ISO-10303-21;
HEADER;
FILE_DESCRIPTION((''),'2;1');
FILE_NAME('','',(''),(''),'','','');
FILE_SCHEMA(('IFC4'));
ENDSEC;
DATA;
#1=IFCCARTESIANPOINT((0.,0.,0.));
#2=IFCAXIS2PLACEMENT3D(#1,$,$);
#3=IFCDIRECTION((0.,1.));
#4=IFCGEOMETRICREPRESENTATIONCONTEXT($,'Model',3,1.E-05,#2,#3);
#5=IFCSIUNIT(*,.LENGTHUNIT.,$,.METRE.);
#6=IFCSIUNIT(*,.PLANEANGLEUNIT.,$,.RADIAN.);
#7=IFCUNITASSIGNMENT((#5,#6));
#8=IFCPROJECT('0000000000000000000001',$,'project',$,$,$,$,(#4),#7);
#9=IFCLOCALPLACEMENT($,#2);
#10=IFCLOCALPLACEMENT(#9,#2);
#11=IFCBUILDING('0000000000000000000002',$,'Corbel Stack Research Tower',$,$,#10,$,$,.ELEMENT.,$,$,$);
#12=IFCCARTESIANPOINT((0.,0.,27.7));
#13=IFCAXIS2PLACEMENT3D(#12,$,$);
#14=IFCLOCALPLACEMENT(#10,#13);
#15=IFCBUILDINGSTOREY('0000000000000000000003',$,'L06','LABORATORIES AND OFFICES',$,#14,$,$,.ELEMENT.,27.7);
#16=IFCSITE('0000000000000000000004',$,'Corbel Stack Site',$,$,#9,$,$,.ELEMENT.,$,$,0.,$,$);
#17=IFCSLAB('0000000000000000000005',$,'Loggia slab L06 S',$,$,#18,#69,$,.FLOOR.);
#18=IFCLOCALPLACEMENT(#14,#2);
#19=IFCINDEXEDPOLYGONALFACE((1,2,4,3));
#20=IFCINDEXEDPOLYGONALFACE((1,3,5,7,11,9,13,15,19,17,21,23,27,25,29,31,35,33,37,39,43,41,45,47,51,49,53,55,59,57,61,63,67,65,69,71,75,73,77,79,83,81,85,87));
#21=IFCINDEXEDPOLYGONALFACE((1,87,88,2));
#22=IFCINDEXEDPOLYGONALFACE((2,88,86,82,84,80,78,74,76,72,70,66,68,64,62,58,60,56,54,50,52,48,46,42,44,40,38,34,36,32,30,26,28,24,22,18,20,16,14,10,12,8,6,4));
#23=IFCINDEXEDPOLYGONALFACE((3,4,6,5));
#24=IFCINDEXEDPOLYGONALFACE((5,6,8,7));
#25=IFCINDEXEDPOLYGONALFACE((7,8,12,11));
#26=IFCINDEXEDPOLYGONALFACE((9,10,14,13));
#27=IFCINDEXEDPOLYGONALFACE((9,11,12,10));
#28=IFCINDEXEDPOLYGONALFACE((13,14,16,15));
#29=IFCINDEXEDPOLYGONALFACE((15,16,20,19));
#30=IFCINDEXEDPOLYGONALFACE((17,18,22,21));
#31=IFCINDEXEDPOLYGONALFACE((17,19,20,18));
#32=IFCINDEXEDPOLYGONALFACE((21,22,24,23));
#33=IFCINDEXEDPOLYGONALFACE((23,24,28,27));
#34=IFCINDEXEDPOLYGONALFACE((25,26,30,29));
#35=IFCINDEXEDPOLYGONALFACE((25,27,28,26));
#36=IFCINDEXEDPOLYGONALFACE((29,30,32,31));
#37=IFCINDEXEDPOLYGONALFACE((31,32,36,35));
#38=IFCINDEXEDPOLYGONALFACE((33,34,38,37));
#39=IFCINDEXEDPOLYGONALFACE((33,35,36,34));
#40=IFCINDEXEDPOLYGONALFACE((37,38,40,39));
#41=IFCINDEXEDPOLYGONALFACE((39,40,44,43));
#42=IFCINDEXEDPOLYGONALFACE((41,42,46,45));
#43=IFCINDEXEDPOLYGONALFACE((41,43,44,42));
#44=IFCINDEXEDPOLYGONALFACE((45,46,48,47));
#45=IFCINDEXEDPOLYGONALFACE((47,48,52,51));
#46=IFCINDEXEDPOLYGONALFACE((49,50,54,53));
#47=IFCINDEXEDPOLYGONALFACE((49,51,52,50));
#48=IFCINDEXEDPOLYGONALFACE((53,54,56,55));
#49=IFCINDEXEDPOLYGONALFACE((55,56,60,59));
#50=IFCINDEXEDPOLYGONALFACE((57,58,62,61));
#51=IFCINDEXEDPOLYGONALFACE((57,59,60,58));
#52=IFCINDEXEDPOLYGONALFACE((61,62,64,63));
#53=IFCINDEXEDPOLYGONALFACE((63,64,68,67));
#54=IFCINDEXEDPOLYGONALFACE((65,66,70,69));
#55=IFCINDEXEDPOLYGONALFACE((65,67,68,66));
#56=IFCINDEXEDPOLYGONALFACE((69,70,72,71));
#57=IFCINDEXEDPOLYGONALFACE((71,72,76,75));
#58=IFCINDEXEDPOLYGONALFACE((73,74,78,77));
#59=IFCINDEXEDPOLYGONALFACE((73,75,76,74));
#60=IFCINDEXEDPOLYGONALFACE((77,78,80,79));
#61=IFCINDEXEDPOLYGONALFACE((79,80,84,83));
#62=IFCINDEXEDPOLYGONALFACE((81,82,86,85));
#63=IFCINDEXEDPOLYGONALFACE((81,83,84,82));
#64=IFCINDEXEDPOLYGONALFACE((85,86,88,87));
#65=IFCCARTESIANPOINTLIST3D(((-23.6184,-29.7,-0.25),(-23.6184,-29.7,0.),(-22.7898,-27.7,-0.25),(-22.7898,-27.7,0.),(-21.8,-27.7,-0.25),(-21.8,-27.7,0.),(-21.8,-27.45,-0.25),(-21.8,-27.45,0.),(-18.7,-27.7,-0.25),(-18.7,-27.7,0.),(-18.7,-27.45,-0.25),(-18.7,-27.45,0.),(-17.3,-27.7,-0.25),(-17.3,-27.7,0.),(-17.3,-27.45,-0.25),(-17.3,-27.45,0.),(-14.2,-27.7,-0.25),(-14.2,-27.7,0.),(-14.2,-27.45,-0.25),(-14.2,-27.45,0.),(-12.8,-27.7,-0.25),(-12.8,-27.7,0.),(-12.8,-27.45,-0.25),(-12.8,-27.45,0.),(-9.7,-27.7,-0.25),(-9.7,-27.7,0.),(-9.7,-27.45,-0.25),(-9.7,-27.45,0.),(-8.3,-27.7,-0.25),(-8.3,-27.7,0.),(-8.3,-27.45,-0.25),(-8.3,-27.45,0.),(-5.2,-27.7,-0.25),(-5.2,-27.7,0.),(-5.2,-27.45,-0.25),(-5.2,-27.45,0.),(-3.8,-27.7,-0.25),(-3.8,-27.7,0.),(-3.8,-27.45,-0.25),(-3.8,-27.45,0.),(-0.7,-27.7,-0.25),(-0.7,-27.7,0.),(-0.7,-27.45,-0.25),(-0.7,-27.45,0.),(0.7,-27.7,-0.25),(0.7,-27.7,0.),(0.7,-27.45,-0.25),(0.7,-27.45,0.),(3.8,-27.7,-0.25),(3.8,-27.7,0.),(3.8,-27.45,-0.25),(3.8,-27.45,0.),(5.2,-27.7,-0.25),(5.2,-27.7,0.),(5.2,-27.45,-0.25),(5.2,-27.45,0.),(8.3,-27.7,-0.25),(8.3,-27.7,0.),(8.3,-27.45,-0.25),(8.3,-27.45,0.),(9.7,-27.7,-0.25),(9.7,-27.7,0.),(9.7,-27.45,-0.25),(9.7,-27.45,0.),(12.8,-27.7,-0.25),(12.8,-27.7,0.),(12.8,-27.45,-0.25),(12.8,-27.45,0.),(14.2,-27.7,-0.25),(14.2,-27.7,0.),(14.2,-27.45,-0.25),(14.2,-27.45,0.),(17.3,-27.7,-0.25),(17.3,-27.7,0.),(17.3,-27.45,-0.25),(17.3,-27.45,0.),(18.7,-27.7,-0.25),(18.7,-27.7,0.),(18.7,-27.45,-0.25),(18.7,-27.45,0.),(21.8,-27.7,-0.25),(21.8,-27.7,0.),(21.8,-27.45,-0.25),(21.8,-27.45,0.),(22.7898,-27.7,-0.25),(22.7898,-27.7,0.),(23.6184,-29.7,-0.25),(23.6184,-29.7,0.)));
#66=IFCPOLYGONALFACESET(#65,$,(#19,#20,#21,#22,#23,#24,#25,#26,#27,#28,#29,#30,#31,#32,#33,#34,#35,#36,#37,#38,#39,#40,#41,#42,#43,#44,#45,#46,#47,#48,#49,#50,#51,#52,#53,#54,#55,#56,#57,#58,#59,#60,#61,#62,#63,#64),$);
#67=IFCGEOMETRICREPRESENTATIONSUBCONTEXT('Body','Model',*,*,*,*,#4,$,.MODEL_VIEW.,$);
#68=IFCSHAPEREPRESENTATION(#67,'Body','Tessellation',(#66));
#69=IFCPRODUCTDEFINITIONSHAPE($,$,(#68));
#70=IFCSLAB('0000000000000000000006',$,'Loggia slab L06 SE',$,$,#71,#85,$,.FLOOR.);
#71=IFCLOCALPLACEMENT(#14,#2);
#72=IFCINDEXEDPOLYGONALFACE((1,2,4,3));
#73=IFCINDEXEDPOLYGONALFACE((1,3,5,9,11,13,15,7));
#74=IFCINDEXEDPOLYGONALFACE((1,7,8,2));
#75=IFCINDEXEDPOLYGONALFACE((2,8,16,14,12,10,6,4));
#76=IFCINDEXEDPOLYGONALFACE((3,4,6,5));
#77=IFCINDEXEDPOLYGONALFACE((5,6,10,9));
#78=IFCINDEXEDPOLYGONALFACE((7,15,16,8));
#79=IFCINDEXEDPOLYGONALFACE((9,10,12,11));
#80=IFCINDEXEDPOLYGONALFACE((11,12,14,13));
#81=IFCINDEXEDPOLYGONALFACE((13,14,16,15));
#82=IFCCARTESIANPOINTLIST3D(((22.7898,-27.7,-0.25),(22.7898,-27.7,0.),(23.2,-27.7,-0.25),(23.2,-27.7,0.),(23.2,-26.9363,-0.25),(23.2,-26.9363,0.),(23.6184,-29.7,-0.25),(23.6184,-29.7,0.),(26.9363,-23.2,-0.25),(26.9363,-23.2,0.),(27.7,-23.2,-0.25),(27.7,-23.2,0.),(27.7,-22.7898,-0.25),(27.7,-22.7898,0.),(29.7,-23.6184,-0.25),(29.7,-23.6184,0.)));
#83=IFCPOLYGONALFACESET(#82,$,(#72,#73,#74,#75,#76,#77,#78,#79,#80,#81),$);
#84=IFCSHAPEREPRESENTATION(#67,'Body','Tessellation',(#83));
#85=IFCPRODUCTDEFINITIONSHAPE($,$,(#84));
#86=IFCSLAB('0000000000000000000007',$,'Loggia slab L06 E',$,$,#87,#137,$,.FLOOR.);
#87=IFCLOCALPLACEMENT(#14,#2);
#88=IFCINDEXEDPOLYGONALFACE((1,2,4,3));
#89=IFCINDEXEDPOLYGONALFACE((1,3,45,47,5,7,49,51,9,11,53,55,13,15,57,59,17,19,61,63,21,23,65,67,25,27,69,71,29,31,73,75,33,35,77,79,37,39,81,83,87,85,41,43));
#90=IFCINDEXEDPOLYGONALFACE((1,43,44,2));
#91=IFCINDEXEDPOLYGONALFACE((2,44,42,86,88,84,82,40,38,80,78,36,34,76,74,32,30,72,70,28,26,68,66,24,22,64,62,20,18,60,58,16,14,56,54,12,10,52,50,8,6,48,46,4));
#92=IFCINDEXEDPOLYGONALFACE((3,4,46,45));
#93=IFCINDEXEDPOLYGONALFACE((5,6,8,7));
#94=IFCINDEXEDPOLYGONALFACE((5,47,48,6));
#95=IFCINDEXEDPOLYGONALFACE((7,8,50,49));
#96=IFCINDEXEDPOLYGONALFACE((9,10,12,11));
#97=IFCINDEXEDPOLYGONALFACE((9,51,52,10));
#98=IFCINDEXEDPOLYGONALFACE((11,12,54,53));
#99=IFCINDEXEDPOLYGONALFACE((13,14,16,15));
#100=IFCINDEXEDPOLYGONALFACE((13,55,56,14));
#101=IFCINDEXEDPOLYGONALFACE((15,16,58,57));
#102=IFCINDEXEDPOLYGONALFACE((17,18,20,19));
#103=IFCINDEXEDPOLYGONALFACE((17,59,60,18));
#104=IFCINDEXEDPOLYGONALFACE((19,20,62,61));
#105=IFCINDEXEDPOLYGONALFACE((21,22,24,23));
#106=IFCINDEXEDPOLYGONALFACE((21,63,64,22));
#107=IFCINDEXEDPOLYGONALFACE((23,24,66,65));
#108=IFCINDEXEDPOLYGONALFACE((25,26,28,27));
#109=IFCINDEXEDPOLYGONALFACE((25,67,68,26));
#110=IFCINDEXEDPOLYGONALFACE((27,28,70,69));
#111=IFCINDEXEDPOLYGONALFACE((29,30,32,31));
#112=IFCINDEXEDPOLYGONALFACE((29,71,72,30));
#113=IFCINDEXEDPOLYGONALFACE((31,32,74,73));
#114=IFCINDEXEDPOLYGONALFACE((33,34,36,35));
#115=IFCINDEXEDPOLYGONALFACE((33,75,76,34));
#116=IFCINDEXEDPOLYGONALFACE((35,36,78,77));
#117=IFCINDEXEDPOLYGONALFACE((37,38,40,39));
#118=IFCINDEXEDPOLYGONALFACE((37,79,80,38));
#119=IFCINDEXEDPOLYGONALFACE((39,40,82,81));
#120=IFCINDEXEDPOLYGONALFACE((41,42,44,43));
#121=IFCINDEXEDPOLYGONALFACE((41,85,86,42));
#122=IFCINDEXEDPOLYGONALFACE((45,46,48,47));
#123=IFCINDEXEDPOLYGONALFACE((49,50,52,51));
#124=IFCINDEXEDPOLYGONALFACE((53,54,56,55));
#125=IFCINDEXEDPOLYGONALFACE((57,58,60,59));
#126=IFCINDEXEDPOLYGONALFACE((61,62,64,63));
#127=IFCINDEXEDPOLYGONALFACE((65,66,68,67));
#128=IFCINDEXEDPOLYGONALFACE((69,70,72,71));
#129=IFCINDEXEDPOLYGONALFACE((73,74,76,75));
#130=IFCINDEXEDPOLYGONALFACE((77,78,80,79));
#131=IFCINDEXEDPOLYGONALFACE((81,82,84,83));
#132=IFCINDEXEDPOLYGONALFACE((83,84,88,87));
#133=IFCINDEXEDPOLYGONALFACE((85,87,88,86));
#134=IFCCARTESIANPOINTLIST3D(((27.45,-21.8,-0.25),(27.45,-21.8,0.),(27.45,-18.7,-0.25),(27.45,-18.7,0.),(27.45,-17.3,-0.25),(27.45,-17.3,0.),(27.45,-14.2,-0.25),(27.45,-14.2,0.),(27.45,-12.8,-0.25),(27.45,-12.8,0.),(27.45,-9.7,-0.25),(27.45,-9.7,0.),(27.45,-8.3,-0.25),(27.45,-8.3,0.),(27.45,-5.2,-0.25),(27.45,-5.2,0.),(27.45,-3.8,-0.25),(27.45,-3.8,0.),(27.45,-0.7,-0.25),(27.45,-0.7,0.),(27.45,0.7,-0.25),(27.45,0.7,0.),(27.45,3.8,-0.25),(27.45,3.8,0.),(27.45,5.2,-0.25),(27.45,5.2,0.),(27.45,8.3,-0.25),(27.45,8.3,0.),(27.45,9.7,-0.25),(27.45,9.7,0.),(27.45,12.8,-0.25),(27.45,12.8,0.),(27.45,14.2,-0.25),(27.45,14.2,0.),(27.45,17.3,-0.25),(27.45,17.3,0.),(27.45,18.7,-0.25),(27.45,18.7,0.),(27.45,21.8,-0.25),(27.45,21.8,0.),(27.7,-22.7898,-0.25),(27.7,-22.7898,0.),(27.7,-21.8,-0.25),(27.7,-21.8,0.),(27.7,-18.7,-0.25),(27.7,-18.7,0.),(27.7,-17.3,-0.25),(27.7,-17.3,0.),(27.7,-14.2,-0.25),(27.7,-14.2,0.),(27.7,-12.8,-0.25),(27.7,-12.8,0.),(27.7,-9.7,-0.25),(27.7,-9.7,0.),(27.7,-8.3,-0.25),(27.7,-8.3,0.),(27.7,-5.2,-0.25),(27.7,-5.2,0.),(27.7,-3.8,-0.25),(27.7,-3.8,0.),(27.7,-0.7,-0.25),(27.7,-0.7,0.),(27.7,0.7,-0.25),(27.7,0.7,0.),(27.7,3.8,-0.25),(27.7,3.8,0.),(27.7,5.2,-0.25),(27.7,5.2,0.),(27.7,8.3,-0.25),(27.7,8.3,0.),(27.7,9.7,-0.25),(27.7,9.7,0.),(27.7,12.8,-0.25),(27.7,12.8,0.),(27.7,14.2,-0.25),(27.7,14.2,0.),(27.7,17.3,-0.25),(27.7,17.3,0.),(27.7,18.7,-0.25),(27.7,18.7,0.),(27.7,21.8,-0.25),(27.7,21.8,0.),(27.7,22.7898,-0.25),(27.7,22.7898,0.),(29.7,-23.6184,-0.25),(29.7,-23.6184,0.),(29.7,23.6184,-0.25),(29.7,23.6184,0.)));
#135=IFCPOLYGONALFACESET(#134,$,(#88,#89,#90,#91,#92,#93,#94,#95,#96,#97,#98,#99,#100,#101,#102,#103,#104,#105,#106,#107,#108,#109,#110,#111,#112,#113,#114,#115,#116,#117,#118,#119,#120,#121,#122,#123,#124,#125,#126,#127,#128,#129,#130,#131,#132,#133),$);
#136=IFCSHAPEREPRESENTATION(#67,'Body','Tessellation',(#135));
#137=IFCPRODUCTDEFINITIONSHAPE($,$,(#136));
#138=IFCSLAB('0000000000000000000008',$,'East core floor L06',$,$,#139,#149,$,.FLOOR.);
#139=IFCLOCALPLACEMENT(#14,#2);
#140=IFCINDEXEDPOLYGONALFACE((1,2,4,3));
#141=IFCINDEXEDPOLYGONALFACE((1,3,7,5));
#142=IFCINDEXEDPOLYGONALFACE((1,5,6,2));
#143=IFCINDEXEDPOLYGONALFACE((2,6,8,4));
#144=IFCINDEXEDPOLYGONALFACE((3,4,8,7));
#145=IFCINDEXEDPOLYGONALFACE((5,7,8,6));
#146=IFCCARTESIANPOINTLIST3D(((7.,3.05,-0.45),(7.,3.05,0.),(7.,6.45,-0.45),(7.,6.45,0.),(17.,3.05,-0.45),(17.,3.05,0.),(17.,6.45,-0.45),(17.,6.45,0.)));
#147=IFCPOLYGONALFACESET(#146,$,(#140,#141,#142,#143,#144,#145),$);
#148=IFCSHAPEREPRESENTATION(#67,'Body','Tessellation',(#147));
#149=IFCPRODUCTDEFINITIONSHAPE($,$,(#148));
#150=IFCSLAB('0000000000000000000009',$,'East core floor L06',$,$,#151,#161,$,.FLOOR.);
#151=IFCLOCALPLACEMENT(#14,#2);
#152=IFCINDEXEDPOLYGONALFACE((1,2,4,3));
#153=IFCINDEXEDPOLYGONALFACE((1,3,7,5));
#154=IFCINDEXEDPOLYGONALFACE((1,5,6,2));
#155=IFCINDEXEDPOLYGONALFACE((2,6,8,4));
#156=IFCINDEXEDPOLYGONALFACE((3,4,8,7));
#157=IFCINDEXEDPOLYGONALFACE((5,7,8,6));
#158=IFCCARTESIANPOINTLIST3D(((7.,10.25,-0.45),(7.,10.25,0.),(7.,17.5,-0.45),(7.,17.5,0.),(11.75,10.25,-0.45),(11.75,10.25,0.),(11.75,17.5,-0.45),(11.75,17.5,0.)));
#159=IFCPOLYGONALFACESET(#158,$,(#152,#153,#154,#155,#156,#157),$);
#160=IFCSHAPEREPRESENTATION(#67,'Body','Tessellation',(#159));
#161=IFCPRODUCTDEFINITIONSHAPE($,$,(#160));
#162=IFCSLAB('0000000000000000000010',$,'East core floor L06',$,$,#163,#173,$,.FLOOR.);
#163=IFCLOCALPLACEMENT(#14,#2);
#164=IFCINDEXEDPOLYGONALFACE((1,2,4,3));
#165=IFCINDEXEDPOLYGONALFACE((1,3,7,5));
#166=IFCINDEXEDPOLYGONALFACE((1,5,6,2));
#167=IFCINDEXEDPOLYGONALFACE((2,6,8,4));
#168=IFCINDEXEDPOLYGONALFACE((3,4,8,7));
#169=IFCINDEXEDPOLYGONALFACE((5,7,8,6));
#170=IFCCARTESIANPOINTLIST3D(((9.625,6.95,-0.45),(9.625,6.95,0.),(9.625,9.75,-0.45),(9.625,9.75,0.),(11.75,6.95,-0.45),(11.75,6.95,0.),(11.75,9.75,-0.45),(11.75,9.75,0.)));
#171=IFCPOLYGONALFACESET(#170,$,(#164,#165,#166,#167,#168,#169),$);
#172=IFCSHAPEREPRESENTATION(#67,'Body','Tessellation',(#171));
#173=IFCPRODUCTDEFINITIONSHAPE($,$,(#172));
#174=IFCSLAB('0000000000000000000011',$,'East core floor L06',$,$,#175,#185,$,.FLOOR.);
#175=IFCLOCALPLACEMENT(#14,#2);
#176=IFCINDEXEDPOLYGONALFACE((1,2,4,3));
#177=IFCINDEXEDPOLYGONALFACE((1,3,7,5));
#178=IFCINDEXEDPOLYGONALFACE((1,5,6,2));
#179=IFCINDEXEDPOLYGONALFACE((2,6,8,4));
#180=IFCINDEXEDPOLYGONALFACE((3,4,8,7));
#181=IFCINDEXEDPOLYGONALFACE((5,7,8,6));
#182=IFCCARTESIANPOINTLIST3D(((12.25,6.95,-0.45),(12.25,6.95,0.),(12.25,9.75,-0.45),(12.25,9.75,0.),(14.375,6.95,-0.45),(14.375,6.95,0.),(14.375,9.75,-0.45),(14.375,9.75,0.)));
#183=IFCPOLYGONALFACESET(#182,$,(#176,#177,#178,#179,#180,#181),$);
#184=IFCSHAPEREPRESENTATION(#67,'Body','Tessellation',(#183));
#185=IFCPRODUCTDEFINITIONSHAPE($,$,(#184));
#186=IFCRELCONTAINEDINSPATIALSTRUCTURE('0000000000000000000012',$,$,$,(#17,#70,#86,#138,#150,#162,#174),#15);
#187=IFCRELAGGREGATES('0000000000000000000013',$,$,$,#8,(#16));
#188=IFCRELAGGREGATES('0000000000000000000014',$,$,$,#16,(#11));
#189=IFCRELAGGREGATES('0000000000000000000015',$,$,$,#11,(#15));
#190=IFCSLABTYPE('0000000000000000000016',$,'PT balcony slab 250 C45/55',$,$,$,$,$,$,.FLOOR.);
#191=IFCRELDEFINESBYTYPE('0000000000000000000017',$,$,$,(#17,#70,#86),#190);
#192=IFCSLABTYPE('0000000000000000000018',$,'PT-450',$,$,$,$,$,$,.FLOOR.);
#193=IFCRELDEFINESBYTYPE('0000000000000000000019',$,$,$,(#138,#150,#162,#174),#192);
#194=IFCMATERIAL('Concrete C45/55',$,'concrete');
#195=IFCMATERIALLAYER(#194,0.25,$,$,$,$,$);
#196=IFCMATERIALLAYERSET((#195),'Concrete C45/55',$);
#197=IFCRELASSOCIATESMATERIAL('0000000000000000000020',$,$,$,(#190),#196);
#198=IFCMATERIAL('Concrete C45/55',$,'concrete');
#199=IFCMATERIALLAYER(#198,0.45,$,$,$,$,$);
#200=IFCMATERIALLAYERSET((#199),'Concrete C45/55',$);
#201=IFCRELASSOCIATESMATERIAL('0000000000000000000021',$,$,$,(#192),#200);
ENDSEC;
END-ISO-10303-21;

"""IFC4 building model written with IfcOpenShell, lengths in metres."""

from ifc_helpers import new_model, si_unit, direction, frame, origin, place, context, subcontext, project, spatial, polyline, outline, extrude, material, layer, layer_set, type_object, element, save


model = new_model("IFC4")

# Units and contexts
model_context = context("Model", 3, precision=1e-05, world=origin(), true_north=direction((0.0, 1.0)))
body_context = subcontext(model_context, "Body", "Model", "MODEL_VIEW")
ifc_project = project(units=[si_unit("LENGTHUNIT", "METRE"), si_unit("PLANEANGLEUNIT", "RADIAN")], contexts=[model_context])

# Site, building, storey
site_placement = place(None, origin())
site = spatial("IfcSite", under=ifc_project, at=site_placement, Name="Corbel Stack Site", CompositionType="ELEMENT", RefElevation=0.0)
building_placement = place(site_placement, origin())
building = spatial("IfcBuilding", under=site, at=building_placement, Name="Corbel Stack Research Tower", CompositionType="ELEMENT")
storey_placement = place(building_placement, frame((0.0, 0.0, 27.7)))
storey = spatial("IfcBuildingStorey", under=building, at=storey_placement, Name="L06", Description="LABORATORIES AND OFFICES", CompositionType="ELEMENT", Elevation=27.7)

# Slabs
ifc_material_1 = material(Name="Concrete C45/55", Category="concrete")
ifc_layer_1 = layer(ifc_material_1, 0.25)
ifc_layer_set_1 = layer_set([ifc_layer_1], Name="Concrete C45/55")
slab_type_1 = type_object("IfcSlabType", Name="PT balcony slab 250 C45/55", PredefinedType="FLOOR", material=ifc_layer_set_1)
slab_1_placement = place(storey_placement, frame((0.0, 0.0, -0.25)))
element("IfcSlab", 1, at=slab_1_placement, inside=storey, type_object=slab_type_1, Name="Loggia slab L06 S", PredefinedType="FLOOR", context=body_context, shape_type="SweptSolid", body=[
    extrude(outline(polyline([(22.7898, -27.7), (21.8, -27.7), (21.8, -27.45), (18.7, -27.45), (18.7, -27.7), (17.3, -27.7), (17.3, -27.45), (14.2, -27.45), (14.2, -27.7), (12.8, -27.7), (12.8, -27.45), (9.7, -27.45), (9.7, -27.7), (8.3, -27.7), (8.3, -27.45), (5.2, -27.45), (5.2, -27.7), (3.8, -27.7), (3.8, -27.45), (0.7, -27.45), (0.7, -27.7), (-0.7, -27.7), (-0.7, -27.45), (-3.8, -27.45), (-3.8, -27.7), (-5.2, -27.7), (-5.2, -27.45), (-8.3, -27.45), (-8.3, -27.7), (-9.7, -27.7), (-9.7, -27.45), (-12.8, -27.45), (-12.8, -27.7), (-14.2, -27.7), (-14.2, -27.45), (-17.3, -27.45), (-17.3, -27.7), (-18.7, -27.7), (-18.7, -27.45), (-21.8, -27.45), (-21.8, -27.7), (-22.7898, -27.7), (-23.6184, -29.7), (23.6184, -29.7), (22.7898, -27.7)])), origin(), (0.0, 0.0, 1.0), 0.25),
])
slab_2_placement = place(storey_placement, frame((0.0, 0.0, -0.25)))
element("IfcSlab", 2, at=slab_2_placement, inside=storey, type_object=slab_type_1, Name="Loggia slab L06 SE", PredefinedType="FLOOR", context=body_context, shape_type="SweptSolid", body=[
    extrude(outline(polyline([(27.7, -22.7898), (27.7, -23.2), (26.9363, -23.2), (23.2, -26.9363), (23.2, -27.7), (22.7898, -27.7), (23.6184, -29.7), (29.7, -23.6184), (27.7, -22.7898)])), origin(), (0.0, 0.0, 1.0), 0.25),
])
slab_3_placement = place(storey_placement, frame((0.0, 0.0, -0.25)))
element("IfcSlab", 3, at=slab_3_placement, inside=storey, type_object=slab_type_1, Name="Loggia slab L06 E", PredefinedType="FLOOR", context=body_context, shape_type="SweptSolid", body=[
    extrude(outline(polyline([(27.7, 22.7898), (27.7, 21.8), (27.45, 21.8), (27.45, 18.7), (27.7, 18.7), (27.7, 17.3), (27.45, 17.3), (27.45, 14.2), (27.7, 14.2), (27.7, 12.8), (27.45, 12.8), (27.45, 9.7), (27.7, 9.7), (27.7, 8.3), (27.45, 8.3), (27.45, 5.2), (27.7, 5.2), (27.7, 3.8), (27.45, 3.8), (27.45, 0.7), (27.7, 0.7), (27.7, -0.7), (27.45, -0.7), (27.45, -3.8), (27.7, -3.8), (27.7, -5.2), (27.45, -5.2), (27.45, -8.3), (27.7, -8.3), (27.7, -9.7), (27.45, -9.7), (27.45, -12.8), (27.7, -12.8), (27.7, -14.2), (27.45, -14.2), (27.45, -17.3), (27.7, -17.3), (27.7, -18.7), (27.45, -18.7), (27.45, -21.8), (27.7, -21.8), (27.7, -22.7898), (29.7, -23.6184), (29.7, 23.6184), (27.7, 22.7898)])), origin(), (0.0, 0.0, 1.0), 0.25),
])
ifc_material_2 = material(Name="Concrete C45/55", Category="concrete")
ifc_layer_2 = layer(ifc_material_2, 0.45)
ifc_layer_set_2 = layer_set([ifc_layer_2], Name="Concrete C45/55")
slab_type_2 = type_object("IfcSlabType", Name="PT-450", PredefinedType="FLOOR", material=ifc_layer_set_2)
slab_4_placement = place(storey_placement, frame((0.0, 0.0, -0.45)))
element("IfcSlab", 4, at=slab_4_placement, inside=storey, type_object=slab_type_2, Name="East core floor L06", PredefinedType="FLOOR", context=body_context, shape_type="SweptSolid", body=[
    extrude(outline(polyline([(7.0, 6.45), (7.0, 3.05), (17.0, 3.05), (17.0, 6.45), (7.0, 6.45)])), origin(), (0.0, 0.0, 1.0), 0.45),
])
slab_5_placement = place(storey_placement, frame((0.0, 0.0, -0.45)))
element("IfcSlab", 5, at=slab_5_placement, inside=storey, type_object=slab_type_2, Name="East core floor L06", PredefinedType="FLOOR", context=body_context, shape_type="SweptSolid", body=[
    extrude(outline(polyline([(7.0, 17.5), (7.0, 10.25), (11.75, 10.25), (11.75, 17.5), (7.0, 17.5)])), origin(), (0.0, 0.0, 1.0), 0.45),
])
slab_6_placement = place(storey_placement, frame((0.0, 0.0, -0.45)))
element("IfcSlab", 6, at=slab_6_placement, inside=storey, type_object=slab_type_2, Name="East core floor L06", PredefinedType="FLOOR", context=body_context, shape_type="SweptSolid", body=[
    extrude(outline(polyline([(9.625, 6.95), (11.75, 6.95), (11.75, 9.75), (9.625, 9.75), (9.625, 6.95)])), origin(), (0.0, 0.0, 1.0), 0.45),
])
slab_7_placement = place(storey_placement, frame((0.0, 0.0, -0.45)))
element("IfcSlab", 7, at=slab_7_placement, inside=storey, type_object=slab_type_2, Name="East core floor L06", PredefinedType="FLOOR", context=body_context, shape_type="SweptSolid", body=[
    extrude(outline(polyline([(14.375, 6.95), (14.375, 9.75), (12.25, 9.75), (12.25, 6.95), (14.375, 6.95)])), origin(), (0.0, 0.0, 1.0), 0.45),
])

save(model, "model.ifc")
